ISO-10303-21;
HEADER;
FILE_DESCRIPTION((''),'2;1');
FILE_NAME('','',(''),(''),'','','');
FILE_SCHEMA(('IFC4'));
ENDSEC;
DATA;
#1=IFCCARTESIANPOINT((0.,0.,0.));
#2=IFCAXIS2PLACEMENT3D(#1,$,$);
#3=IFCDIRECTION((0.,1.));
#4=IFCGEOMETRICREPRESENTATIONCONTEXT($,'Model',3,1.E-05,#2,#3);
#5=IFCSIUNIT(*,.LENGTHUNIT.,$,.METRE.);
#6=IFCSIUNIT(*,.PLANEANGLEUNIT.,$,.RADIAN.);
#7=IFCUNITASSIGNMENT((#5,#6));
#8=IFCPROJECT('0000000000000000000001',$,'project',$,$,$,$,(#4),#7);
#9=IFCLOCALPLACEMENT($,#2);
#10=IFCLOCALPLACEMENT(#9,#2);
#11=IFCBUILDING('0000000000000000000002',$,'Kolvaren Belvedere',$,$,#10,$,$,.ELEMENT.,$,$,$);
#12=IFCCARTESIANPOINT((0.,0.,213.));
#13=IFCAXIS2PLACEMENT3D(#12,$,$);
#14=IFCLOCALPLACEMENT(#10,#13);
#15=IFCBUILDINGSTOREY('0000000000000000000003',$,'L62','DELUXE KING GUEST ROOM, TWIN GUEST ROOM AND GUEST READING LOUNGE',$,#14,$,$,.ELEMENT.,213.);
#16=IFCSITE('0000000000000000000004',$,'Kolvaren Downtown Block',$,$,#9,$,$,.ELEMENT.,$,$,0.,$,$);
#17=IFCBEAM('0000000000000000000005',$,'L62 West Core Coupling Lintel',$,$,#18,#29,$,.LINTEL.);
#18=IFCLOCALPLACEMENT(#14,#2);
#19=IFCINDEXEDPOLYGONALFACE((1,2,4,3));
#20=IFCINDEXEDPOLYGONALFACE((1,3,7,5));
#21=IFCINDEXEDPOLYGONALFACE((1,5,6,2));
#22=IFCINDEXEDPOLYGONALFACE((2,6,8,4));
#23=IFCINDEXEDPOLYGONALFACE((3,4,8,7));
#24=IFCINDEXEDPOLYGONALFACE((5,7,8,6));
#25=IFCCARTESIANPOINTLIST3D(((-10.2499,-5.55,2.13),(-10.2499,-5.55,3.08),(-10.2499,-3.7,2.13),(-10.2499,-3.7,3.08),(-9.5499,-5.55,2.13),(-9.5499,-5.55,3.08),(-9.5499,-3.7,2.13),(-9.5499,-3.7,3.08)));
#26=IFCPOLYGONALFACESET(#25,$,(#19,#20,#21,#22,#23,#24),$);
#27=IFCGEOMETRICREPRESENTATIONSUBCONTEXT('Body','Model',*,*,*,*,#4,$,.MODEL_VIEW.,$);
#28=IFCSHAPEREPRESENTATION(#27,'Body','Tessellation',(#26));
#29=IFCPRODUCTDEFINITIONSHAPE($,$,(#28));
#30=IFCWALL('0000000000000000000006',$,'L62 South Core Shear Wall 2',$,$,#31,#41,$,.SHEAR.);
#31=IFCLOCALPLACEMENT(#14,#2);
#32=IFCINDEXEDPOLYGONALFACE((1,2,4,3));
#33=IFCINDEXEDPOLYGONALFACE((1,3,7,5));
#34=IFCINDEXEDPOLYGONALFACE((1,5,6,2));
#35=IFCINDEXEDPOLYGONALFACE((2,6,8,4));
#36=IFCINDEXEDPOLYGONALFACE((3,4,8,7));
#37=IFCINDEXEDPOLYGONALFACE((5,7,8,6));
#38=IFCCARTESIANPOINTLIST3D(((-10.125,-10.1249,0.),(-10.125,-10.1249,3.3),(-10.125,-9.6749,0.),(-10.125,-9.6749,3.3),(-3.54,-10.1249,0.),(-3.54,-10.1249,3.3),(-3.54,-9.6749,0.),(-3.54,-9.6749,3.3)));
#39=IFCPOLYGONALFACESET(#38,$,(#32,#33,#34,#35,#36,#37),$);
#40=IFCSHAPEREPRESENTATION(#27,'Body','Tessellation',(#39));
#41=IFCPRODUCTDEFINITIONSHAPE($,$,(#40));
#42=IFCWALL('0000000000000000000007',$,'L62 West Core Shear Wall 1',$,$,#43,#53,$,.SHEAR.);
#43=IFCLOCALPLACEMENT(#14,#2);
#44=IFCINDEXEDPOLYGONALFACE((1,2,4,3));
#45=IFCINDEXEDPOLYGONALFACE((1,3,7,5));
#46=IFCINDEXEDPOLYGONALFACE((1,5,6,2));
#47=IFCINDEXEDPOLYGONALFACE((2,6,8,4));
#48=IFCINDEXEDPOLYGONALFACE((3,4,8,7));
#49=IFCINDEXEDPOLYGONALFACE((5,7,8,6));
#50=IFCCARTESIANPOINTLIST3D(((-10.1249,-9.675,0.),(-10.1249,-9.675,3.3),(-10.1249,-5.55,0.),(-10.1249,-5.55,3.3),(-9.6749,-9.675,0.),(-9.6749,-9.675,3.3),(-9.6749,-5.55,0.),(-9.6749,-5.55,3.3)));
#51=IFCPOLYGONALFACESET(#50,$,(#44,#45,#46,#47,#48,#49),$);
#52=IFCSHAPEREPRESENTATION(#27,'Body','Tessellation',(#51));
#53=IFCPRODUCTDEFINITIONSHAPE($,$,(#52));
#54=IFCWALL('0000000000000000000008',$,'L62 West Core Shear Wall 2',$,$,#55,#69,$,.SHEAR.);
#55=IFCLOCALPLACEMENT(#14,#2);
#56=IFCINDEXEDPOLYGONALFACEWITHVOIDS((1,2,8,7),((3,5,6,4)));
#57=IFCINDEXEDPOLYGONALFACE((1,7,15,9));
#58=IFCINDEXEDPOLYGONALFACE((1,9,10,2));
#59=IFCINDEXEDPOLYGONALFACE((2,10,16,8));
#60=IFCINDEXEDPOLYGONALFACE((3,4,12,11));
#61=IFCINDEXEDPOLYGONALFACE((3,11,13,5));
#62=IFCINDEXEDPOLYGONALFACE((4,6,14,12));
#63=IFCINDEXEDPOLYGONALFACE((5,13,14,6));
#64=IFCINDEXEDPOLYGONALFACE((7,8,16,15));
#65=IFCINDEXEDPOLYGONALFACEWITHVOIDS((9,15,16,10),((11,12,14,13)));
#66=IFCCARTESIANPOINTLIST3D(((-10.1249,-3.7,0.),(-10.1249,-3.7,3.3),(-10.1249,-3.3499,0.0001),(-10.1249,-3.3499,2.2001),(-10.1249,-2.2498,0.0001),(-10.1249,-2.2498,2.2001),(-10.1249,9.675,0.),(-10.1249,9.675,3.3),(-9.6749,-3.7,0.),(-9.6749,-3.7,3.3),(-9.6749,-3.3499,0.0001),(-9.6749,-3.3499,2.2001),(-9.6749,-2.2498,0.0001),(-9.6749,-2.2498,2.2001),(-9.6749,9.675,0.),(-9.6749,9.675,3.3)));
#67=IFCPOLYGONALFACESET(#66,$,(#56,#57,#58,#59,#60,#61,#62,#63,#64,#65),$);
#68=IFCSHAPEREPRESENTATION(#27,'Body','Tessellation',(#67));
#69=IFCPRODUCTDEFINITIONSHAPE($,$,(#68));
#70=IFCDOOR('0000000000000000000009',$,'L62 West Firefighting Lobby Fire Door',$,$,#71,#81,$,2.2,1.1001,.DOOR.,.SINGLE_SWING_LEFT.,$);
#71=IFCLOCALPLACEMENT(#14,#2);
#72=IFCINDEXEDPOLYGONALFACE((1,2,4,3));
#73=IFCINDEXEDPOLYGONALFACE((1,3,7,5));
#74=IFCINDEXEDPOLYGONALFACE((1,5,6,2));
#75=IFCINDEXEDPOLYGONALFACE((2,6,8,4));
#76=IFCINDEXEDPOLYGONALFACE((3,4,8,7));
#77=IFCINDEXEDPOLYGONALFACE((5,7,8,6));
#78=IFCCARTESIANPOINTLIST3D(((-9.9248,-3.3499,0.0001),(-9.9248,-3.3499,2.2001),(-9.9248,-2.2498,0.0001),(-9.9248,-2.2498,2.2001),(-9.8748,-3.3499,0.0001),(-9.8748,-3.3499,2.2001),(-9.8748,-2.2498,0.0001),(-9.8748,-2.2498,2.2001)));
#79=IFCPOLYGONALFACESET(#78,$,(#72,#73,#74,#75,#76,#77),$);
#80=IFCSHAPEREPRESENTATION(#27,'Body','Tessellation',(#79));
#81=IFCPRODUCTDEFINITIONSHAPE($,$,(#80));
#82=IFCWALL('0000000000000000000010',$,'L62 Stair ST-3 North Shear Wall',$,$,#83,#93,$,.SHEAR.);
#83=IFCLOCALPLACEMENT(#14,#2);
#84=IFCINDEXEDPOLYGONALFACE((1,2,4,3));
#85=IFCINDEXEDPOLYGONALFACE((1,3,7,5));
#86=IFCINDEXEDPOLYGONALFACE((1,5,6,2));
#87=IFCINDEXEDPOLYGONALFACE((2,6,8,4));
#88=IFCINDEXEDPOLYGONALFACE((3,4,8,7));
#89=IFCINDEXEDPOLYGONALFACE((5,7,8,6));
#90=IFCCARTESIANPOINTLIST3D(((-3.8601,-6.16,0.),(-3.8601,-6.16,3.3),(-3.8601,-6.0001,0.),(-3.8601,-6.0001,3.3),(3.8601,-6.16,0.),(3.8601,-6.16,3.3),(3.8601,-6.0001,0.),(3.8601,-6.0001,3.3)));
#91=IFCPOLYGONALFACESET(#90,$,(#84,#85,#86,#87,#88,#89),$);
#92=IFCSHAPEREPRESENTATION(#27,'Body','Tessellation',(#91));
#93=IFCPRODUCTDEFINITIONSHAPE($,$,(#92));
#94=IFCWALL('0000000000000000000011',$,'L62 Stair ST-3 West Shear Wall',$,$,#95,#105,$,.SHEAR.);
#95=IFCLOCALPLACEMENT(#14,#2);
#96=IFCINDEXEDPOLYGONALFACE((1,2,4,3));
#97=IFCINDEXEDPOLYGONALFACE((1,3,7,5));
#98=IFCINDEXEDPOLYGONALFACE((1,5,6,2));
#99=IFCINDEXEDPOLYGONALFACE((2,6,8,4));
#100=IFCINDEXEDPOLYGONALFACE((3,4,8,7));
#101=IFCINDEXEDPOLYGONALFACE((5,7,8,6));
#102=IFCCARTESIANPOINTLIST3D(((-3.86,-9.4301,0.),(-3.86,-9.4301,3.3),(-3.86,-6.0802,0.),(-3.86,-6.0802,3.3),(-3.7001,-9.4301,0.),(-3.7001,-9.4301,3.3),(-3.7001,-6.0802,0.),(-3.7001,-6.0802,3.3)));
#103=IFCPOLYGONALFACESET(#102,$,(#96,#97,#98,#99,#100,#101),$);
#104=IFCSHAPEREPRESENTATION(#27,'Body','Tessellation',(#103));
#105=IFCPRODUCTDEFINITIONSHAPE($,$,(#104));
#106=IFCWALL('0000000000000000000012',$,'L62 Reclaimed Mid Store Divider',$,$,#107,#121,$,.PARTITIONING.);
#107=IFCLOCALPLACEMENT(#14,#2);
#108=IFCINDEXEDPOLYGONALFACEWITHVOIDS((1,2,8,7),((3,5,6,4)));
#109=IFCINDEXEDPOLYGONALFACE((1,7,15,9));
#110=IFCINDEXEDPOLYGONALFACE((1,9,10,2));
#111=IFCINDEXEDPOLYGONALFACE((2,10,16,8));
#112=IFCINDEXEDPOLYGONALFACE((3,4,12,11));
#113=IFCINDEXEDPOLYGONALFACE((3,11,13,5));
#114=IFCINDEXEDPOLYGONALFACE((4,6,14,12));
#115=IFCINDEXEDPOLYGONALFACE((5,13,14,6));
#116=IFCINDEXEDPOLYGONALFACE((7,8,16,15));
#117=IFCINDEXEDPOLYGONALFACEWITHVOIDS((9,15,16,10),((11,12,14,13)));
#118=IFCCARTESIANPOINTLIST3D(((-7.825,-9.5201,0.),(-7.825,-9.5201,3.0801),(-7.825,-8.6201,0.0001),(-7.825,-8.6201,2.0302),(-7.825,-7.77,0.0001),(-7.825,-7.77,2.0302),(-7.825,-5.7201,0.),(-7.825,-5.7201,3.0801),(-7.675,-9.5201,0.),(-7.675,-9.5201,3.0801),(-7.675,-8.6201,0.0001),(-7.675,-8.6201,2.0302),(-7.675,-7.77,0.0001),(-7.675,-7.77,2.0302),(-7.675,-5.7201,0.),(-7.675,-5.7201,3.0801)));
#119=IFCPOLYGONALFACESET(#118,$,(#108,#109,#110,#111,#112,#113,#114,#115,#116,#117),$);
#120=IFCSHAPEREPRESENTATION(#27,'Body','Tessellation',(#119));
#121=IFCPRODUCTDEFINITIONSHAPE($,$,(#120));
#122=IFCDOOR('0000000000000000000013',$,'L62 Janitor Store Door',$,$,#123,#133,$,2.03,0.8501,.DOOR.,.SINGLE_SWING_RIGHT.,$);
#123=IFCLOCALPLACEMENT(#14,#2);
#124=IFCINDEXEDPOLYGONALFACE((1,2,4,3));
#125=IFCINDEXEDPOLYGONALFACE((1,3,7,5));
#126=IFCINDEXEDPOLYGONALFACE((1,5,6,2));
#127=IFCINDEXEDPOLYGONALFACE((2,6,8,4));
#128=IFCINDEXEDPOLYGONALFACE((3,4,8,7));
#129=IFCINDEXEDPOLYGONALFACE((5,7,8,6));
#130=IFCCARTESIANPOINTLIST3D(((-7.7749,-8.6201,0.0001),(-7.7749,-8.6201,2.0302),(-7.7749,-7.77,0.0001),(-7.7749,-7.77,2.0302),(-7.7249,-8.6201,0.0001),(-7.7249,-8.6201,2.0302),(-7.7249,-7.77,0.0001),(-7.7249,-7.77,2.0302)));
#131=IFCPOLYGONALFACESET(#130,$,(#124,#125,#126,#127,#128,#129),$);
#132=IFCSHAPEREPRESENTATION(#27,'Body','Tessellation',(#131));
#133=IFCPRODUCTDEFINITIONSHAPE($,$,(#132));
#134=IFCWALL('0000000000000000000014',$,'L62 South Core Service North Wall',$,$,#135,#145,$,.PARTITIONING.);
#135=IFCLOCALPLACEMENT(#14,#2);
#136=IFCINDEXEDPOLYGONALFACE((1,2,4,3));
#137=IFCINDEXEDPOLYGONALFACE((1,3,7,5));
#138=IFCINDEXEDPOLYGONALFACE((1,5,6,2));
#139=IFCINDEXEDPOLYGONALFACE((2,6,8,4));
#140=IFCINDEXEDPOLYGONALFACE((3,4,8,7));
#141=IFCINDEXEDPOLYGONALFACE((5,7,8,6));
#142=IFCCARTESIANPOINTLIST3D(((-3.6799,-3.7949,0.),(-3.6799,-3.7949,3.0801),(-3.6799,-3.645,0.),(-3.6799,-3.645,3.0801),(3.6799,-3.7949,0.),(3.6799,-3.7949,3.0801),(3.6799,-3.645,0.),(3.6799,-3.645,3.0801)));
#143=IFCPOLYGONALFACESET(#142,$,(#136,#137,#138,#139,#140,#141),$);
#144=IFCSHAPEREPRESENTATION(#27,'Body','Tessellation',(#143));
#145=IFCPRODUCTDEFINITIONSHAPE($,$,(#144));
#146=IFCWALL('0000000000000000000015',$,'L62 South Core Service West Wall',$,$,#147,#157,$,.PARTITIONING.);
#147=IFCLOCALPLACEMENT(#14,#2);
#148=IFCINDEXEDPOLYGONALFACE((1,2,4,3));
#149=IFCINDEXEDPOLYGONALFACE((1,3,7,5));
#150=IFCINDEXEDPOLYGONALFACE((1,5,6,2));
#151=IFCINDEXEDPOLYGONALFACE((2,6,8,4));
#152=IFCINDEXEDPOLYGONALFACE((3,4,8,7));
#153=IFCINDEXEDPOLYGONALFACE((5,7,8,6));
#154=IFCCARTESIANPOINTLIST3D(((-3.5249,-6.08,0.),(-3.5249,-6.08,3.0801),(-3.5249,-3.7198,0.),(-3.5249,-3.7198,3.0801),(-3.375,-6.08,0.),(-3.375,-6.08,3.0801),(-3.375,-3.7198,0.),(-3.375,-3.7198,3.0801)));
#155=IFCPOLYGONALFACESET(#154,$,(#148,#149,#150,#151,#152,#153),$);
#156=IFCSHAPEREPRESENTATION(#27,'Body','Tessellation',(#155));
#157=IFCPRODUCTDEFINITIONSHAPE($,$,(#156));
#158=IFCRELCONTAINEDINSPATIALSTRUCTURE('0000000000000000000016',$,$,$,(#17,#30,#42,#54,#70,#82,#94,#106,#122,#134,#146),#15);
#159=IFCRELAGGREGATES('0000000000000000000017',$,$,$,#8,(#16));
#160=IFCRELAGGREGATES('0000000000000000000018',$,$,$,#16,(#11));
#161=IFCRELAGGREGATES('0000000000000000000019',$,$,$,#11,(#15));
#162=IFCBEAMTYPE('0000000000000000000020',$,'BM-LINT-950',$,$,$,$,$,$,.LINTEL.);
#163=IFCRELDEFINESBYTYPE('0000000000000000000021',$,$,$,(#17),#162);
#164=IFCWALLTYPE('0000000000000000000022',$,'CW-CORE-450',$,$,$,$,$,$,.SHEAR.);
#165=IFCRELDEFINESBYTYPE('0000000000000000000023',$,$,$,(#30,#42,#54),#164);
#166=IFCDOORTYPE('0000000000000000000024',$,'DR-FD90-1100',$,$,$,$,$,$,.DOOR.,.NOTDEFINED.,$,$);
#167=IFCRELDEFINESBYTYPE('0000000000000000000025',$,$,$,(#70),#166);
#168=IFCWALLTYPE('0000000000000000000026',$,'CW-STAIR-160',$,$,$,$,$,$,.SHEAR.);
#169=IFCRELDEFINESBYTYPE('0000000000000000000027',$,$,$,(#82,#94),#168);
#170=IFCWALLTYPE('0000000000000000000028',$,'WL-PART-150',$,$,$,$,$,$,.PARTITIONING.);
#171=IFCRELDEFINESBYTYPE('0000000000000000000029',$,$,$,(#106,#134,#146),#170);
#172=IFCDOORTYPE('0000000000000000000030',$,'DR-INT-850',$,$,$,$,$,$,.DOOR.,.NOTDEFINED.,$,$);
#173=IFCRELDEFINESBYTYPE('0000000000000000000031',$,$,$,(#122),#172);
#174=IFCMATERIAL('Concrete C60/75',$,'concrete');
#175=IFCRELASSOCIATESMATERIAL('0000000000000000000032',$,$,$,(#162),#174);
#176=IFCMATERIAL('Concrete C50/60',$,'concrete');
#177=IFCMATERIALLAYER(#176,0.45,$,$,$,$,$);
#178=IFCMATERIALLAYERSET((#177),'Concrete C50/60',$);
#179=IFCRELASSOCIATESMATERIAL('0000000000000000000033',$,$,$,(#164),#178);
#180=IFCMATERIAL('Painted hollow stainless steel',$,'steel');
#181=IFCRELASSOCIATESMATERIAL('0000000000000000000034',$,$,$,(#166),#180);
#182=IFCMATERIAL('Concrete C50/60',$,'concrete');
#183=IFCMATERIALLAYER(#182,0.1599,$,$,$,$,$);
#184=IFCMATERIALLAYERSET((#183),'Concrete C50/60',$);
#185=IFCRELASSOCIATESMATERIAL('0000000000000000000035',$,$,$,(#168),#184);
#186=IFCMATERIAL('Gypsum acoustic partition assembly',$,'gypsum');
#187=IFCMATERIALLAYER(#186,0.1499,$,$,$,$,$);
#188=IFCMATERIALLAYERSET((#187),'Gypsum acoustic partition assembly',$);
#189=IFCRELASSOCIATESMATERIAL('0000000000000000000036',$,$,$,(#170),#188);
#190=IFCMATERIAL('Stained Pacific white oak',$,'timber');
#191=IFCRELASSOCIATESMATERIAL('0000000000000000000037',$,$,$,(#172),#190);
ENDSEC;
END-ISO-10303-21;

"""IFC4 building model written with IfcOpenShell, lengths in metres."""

from ifc_helpers import new_model, si_unit, direction, frame, frame_2d, origin, origin_2d, place, context, subcontext, project, spatial, rectangle, extrude, material, layer, layer_set, material_profile, profile_set, type_object, element, fill, save


model = new_model("IFC4")

# Units and contexts
model_context = context("Model", 3, precision=1e-05, world=origin(), true_north=direction((0.0, 1.0)))
body_context = subcontext(model_context, "Body", "Model", "MODEL_VIEW")
ifc_project = project(units=[si_unit("LENGTHUNIT", "METRE"), si_unit("PLANEANGLEUNIT", "RADIAN")], contexts=[model_context])

# Site, building, storey
site_placement = place(None, origin())
site = spatial("IfcSite", under=ifc_project, at=site_placement, Name="Kolvaren Downtown Block", CompositionType="ELEMENT", RefElevation=0.0)
building_placement = place(site_placement, origin())
building = spatial("IfcBuilding", under=site, at=building_placement, Name="Kolvaren Belvedere", CompositionType="ELEMENT")
storey_placement = place(building_placement, frame((0.0, 0.0, 213.0)))
storey = spatial("IfcBuildingStorey", under=building, at=storey_placement, Name="L62", Description="DELUXE KING GUEST ROOM, TWIN GUEST ROOM AND GUEST READING LOUNGE", CompositionType="ELEMENT", Elevation=213.0)

# Beam
ifc_material_1 = material(Name="Concrete C60/75", Category="concrete")
ifc_material_profile_1 = material_profile(ifc_material_1, rectangle(XDim=0.7, YDim=0.95, at=origin_2d()), Name="RC 700X950")
ifc_profile_set_1 = profile_set([ifc_material_profile_1], Name="Concrete C60/75")
beam_type_1 = type_object("IfcBeamType", Name="BM-LINT-950", PredefinedType="LINTEL", material=ifc_profile_set_1)
beam_1_placement = place(storey_placement, frame((-9.8999, -5.55, 2.605), z_axis=(0.0, 1.0, 0.0), x_axis=(-1.0, 0.0, 0.0)))
element("IfcBeam", 1, at=beam_1_placement, inside=storey, type_object=beam_type_1, Name="L62 West Core Coupling Lintel", PredefinedType="LINTEL", context=body_context, shape_type="SweptSolid", body=[
    extrude(rectangle(XDim=0.7, YDim=0.95, at=origin_2d()), origin(), (0.0, 0.0, 1.0), 1.8501),
])

# Walls
ifc_material_2 = material(Name="Concrete C50/60", Category="concrete")
ifc_layer_1 = layer(ifc_material_2, 0.45)
ifc_layer_set_1 = layer_set([ifc_layer_1], Name="Concrete C50/60")
wall_type_1 = type_object("IfcWallType", Name="CW-CORE-450", PredefinedType="SHEAR", material=ifc_layer_set_1)
wall_1_placement = place(storey_placement, frame((-3.54, -9.8999, 0.0), z_axis=(0.0, 0.0, 1.0), x_axis=(-1.0, 0.0, 0.0)))
element("IfcWall", 2, at=wall_1_placement, inside=storey, type_object=wall_type_1, Name="L62 South Core Shear Wall 2", PredefinedType="SHEAR", context=body_context, shape_type="SweptSolid", body=[
    extrude(rectangle(XDim=6.585, YDim=0.45, at=frame_2d((3.2925, 0.0))), origin(), (0.0, 0.0, 1.0), 3.3),
])
wall_2_placement = place(storey_placement, frame((-9.8999, -9.675, 0.0), z_axis=(0.0, 0.0, 1.0), x_axis=(0.0, 1.0, 0.0)))
element("IfcWall", 3, at=wall_2_placement, inside=storey, type_object=wall_type_1, Name="L62 West Core Shear Wall 1", PredefinedType="SHEAR", context=body_context, shape_type="SweptSolid", body=[
    extrude(rectangle(XDim=4.125, YDim=0.45, at=frame_2d((2.0625, 0.0))), origin(), (0.0, 0.0, 1.0), 3.3),
])

# Wall, opening, door
wall_3_placement = place(storey_placement, frame((-9.8999, -3.7, 0.0), z_axis=(0.0, 0.0, 1.0), x_axis=(0.0, 1.0, 0.0)))
wall_3 = element("IfcWall", 4, at=wall_3_placement, inside=storey, type_object=wall_type_1, Name="L62 West Core Shear Wall 2", PredefinedType="SHEAR", context=body_context, shape_type="SweptSolid", body=[
    extrude(rectangle(XDim=13.375, YDim=0.45, at=frame_2d((6.6875, 0.0))), origin(), (0.0, 0.0, 1.0), 3.3),
])
opening_1_placement = place(wall_3_placement, frame((0.3501, 0.0, 0.0)))
opening_1 = element("IfcOpeningElement", 5, at=opening_1_placement, cuts=wall_3, PredefinedType="OPENING", context=body_context, shape_type="SweptSolid", body=[
    extrude(rectangle(XDim=1.1001, YDim=2.2, at=frame_2d((0.55, 1.1001))), frame((0.0, 0.2349, 0.0), z_axis=(0.0, -1.0, 0.0), x_axis=(1.0, 0.0, 0.0)), (0.0, 0.0, 1.0), 0.47),
])
ifc_material_3 = material(Name="Painted hollow stainless steel", Category="steel")
door_type_1 = type_object("IfcDoorType", Name="DR-FD90-1100", OperationType="NOTDEFINED", PredefinedType="DOOR", material=ifc_material_3)
door_1_placement = place(opening_1_placement, origin())
door_1 = element("IfcDoor", 6, at=door_1_placement, inside=storey, type_object=door_type_1, Name="L62 West Firefighting Lobby Fire Door", OperationType="SINGLE_SWING_LEFT", OverallHeight=2.2, OverallWidth=1.1001, PredefinedType="DOOR", context=body_context, shape_type="SweptSolid", body=[
    extrude(rectangle(XDim=1.1001, YDim=2.2, at=frame_2d((0.55, 1.1001))), frame((0.0, 0.0249, 0.0), z_axis=(0.0, -1.0, 0.0), x_axis=(1.0, 0.0, 0.0)), (0.0, 0.0, 1.0), 0.05),
])
fill(opening_1, door_1)

# Walls
ifc_material_4 = material(Name="Concrete C50/60", Category="concrete")
ifc_layer_2 = layer(ifc_material_4, 0.1599)
ifc_layer_set_2 = layer_set([ifc_layer_2], Name="Concrete C50/60")
wall_type_2 = type_object("IfcWallType", Name="CW-STAIR-160", PredefinedType="SHEAR", material=ifc_layer_set_2)
wall_4_placement = place(storey_placement, frame((-3.8601, -6.0801, 0.0), z_axis=(0.0, 0.0, 1.0), x_axis=(1.0, 0.0, 0.0)))
element("IfcWall", 7, at=wall_4_placement, inside=storey, type_object=wall_type_2, Name="L62 Stair ST-3 North Shear Wall", PredefinedType="SHEAR", context=body_context, shape_type="SweptSolid", body=[
    extrude(rectangle(XDim=7.7202, YDim=0.1599, at=frame_2d((3.8601, 0.0))), origin(), (0.0, 0.0, 1.0), 3.3),
])
wall_5_placement = place(storey_placement, frame((-3.78, -9.4299, 0.0), z_axis=(0.0, 0.0, 1.0), x_axis=(0.0, 1.0, 0.0)))
element("IfcWall", 8, at=wall_5_placement, inside=storey, type_object=wall_type_2, Name="L62 Stair ST-3 West Shear Wall", PredefinedType="SHEAR", context=body_context, shape_type="SweptSolid", body=[
    extrude(rectangle(XDim=3.3499, YDim=0.1599, at=frame_2d((1.6748, 0.0))), origin(), (0.0, 0.0, 1.0), 3.3),
])

# Wall, opening, door
ifc_material_5 = material(Name="Gypsum acoustic partition assembly", Category="gypsum")
ifc_layer_3 = layer(ifc_material_5, 0.1499)
ifc_layer_set_3 = layer_set([ifc_layer_3], Name="Gypsum acoustic partition assembly")
wall_type_3 = type_object("IfcWallType", Name="WL-PART-150", PredefinedType="PARTITIONING", material=ifc_layer_set_3)
wall_6_placement = place(storey_placement, frame((-7.75, -9.52, 0.0), z_axis=(0.0, 0.0, 1.0), x_axis=(0.0, 1.0, 0.0)))
wall_6 = element("IfcWall", 9, at=wall_6_placement, inside=storey, type_object=wall_type_3, Name="L62 Reclaimed Mid Store Divider", PredefinedType="PARTITIONING", context=body_context, shape_type="SweptSolid", body=[
    extrude(rectangle(XDim=3.8, YDim=0.1499, at=frame_2d((1.8999, 0.0))), origin(), (0.0, 0.0, 1.0), 3.0801),
])
opening_2_placement = place(wall_6_placement, frame((0.8999, 0.0, 0.0)))
opening_2 = element("IfcOpeningElement", 10, at=opening_2_placement, cuts=wall_6, PredefinedType="OPENING", context=body_context, shape_type="SweptSolid", body=[
    extrude(rectangle(XDim=0.8501, YDim=2.03, at=frame_2d((0.425, 1.0151))), frame((0.0, 0.085, 0.0), z_axis=(0.0, -1.0, 0.0), x_axis=(1.0, 0.0, 0.0)), (0.0, 0.0, 1.0), 0.1699),
])
ifc_material_6 = material(Name="Stained Pacific white oak", Category="timber")
door_type_2 = type_object("IfcDoorType", Name="DR-INT-850", OperationType="NOTDEFINED", PredefinedType="DOOR", material=ifc_material_6)
door_2_placement = place(opening_2_placement, origin())
door_2 = element("IfcDoor", 11, at=door_2_placement, inside=storey, type_object=door_type_2, Name="L62 Janitor Store Door", OperationType="SINGLE_SWING_RIGHT", OverallHeight=2.03, OverallWidth=0.8501, PredefinedType="DOOR", context=body_context, shape_type="SweptSolid", body=[
    extrude(rectangle(XDim=0.8501, YDim=2.03, at=frame_2d((0.425, 1.0151))), frame((0.0, 0.0249, 0.0), z_axis=(0.0, -1.0, 0.0), x_axis=(1.0, 0.0, 0.0)), (0.0, 0.0, 1.0), 0.05),
])
fill(opening_2, door_2)

# Walls
wall_7_placement = place(storey_placement, frame((-3.6799, -3.72, 0.0), z_axis=(0.0, 0.0, 1.0), x_axis=(1.0, 0.0, 0.0)))
element("IfcWall", 12, at=wall_7_placement, inside=storey, type_object=wall_type_3, Name="L62 South Core Service North Wall", PredefinedType="PARTITIONING", context=body_context, shape_type="SweptSolid", body=[
    extrude(rectangle(XDim=7.3599, YDim=0.1499, at=frame_2d((3.6799, 0.0))), origin(), (0.0, 0.0, 1.0), 3.0801),
])
wall_8_placement = place(storey_placement, frame((-3.45, -6.0801, 0.0), z_axis=(0.0, 0.0, 1.0), x_axis=(0.0, 1.0, 0.0)))
element("IfcWall", 13, at=wall_8_placement, inside=storey, type_object=wall_type_3, Name="L62 South Core Service West Wall", PredefinedType="PARTITIONING", context=body_context, shape_type="SweptSolid", body=[
    extrude(rectangle(XDim=2.3601, YDim=0.1499, at=frame_2d((1.1802, 0.0))), origin(), (0.0, 0.0, 1.0), 3.0801),
])

save(model, "model.ifc")
